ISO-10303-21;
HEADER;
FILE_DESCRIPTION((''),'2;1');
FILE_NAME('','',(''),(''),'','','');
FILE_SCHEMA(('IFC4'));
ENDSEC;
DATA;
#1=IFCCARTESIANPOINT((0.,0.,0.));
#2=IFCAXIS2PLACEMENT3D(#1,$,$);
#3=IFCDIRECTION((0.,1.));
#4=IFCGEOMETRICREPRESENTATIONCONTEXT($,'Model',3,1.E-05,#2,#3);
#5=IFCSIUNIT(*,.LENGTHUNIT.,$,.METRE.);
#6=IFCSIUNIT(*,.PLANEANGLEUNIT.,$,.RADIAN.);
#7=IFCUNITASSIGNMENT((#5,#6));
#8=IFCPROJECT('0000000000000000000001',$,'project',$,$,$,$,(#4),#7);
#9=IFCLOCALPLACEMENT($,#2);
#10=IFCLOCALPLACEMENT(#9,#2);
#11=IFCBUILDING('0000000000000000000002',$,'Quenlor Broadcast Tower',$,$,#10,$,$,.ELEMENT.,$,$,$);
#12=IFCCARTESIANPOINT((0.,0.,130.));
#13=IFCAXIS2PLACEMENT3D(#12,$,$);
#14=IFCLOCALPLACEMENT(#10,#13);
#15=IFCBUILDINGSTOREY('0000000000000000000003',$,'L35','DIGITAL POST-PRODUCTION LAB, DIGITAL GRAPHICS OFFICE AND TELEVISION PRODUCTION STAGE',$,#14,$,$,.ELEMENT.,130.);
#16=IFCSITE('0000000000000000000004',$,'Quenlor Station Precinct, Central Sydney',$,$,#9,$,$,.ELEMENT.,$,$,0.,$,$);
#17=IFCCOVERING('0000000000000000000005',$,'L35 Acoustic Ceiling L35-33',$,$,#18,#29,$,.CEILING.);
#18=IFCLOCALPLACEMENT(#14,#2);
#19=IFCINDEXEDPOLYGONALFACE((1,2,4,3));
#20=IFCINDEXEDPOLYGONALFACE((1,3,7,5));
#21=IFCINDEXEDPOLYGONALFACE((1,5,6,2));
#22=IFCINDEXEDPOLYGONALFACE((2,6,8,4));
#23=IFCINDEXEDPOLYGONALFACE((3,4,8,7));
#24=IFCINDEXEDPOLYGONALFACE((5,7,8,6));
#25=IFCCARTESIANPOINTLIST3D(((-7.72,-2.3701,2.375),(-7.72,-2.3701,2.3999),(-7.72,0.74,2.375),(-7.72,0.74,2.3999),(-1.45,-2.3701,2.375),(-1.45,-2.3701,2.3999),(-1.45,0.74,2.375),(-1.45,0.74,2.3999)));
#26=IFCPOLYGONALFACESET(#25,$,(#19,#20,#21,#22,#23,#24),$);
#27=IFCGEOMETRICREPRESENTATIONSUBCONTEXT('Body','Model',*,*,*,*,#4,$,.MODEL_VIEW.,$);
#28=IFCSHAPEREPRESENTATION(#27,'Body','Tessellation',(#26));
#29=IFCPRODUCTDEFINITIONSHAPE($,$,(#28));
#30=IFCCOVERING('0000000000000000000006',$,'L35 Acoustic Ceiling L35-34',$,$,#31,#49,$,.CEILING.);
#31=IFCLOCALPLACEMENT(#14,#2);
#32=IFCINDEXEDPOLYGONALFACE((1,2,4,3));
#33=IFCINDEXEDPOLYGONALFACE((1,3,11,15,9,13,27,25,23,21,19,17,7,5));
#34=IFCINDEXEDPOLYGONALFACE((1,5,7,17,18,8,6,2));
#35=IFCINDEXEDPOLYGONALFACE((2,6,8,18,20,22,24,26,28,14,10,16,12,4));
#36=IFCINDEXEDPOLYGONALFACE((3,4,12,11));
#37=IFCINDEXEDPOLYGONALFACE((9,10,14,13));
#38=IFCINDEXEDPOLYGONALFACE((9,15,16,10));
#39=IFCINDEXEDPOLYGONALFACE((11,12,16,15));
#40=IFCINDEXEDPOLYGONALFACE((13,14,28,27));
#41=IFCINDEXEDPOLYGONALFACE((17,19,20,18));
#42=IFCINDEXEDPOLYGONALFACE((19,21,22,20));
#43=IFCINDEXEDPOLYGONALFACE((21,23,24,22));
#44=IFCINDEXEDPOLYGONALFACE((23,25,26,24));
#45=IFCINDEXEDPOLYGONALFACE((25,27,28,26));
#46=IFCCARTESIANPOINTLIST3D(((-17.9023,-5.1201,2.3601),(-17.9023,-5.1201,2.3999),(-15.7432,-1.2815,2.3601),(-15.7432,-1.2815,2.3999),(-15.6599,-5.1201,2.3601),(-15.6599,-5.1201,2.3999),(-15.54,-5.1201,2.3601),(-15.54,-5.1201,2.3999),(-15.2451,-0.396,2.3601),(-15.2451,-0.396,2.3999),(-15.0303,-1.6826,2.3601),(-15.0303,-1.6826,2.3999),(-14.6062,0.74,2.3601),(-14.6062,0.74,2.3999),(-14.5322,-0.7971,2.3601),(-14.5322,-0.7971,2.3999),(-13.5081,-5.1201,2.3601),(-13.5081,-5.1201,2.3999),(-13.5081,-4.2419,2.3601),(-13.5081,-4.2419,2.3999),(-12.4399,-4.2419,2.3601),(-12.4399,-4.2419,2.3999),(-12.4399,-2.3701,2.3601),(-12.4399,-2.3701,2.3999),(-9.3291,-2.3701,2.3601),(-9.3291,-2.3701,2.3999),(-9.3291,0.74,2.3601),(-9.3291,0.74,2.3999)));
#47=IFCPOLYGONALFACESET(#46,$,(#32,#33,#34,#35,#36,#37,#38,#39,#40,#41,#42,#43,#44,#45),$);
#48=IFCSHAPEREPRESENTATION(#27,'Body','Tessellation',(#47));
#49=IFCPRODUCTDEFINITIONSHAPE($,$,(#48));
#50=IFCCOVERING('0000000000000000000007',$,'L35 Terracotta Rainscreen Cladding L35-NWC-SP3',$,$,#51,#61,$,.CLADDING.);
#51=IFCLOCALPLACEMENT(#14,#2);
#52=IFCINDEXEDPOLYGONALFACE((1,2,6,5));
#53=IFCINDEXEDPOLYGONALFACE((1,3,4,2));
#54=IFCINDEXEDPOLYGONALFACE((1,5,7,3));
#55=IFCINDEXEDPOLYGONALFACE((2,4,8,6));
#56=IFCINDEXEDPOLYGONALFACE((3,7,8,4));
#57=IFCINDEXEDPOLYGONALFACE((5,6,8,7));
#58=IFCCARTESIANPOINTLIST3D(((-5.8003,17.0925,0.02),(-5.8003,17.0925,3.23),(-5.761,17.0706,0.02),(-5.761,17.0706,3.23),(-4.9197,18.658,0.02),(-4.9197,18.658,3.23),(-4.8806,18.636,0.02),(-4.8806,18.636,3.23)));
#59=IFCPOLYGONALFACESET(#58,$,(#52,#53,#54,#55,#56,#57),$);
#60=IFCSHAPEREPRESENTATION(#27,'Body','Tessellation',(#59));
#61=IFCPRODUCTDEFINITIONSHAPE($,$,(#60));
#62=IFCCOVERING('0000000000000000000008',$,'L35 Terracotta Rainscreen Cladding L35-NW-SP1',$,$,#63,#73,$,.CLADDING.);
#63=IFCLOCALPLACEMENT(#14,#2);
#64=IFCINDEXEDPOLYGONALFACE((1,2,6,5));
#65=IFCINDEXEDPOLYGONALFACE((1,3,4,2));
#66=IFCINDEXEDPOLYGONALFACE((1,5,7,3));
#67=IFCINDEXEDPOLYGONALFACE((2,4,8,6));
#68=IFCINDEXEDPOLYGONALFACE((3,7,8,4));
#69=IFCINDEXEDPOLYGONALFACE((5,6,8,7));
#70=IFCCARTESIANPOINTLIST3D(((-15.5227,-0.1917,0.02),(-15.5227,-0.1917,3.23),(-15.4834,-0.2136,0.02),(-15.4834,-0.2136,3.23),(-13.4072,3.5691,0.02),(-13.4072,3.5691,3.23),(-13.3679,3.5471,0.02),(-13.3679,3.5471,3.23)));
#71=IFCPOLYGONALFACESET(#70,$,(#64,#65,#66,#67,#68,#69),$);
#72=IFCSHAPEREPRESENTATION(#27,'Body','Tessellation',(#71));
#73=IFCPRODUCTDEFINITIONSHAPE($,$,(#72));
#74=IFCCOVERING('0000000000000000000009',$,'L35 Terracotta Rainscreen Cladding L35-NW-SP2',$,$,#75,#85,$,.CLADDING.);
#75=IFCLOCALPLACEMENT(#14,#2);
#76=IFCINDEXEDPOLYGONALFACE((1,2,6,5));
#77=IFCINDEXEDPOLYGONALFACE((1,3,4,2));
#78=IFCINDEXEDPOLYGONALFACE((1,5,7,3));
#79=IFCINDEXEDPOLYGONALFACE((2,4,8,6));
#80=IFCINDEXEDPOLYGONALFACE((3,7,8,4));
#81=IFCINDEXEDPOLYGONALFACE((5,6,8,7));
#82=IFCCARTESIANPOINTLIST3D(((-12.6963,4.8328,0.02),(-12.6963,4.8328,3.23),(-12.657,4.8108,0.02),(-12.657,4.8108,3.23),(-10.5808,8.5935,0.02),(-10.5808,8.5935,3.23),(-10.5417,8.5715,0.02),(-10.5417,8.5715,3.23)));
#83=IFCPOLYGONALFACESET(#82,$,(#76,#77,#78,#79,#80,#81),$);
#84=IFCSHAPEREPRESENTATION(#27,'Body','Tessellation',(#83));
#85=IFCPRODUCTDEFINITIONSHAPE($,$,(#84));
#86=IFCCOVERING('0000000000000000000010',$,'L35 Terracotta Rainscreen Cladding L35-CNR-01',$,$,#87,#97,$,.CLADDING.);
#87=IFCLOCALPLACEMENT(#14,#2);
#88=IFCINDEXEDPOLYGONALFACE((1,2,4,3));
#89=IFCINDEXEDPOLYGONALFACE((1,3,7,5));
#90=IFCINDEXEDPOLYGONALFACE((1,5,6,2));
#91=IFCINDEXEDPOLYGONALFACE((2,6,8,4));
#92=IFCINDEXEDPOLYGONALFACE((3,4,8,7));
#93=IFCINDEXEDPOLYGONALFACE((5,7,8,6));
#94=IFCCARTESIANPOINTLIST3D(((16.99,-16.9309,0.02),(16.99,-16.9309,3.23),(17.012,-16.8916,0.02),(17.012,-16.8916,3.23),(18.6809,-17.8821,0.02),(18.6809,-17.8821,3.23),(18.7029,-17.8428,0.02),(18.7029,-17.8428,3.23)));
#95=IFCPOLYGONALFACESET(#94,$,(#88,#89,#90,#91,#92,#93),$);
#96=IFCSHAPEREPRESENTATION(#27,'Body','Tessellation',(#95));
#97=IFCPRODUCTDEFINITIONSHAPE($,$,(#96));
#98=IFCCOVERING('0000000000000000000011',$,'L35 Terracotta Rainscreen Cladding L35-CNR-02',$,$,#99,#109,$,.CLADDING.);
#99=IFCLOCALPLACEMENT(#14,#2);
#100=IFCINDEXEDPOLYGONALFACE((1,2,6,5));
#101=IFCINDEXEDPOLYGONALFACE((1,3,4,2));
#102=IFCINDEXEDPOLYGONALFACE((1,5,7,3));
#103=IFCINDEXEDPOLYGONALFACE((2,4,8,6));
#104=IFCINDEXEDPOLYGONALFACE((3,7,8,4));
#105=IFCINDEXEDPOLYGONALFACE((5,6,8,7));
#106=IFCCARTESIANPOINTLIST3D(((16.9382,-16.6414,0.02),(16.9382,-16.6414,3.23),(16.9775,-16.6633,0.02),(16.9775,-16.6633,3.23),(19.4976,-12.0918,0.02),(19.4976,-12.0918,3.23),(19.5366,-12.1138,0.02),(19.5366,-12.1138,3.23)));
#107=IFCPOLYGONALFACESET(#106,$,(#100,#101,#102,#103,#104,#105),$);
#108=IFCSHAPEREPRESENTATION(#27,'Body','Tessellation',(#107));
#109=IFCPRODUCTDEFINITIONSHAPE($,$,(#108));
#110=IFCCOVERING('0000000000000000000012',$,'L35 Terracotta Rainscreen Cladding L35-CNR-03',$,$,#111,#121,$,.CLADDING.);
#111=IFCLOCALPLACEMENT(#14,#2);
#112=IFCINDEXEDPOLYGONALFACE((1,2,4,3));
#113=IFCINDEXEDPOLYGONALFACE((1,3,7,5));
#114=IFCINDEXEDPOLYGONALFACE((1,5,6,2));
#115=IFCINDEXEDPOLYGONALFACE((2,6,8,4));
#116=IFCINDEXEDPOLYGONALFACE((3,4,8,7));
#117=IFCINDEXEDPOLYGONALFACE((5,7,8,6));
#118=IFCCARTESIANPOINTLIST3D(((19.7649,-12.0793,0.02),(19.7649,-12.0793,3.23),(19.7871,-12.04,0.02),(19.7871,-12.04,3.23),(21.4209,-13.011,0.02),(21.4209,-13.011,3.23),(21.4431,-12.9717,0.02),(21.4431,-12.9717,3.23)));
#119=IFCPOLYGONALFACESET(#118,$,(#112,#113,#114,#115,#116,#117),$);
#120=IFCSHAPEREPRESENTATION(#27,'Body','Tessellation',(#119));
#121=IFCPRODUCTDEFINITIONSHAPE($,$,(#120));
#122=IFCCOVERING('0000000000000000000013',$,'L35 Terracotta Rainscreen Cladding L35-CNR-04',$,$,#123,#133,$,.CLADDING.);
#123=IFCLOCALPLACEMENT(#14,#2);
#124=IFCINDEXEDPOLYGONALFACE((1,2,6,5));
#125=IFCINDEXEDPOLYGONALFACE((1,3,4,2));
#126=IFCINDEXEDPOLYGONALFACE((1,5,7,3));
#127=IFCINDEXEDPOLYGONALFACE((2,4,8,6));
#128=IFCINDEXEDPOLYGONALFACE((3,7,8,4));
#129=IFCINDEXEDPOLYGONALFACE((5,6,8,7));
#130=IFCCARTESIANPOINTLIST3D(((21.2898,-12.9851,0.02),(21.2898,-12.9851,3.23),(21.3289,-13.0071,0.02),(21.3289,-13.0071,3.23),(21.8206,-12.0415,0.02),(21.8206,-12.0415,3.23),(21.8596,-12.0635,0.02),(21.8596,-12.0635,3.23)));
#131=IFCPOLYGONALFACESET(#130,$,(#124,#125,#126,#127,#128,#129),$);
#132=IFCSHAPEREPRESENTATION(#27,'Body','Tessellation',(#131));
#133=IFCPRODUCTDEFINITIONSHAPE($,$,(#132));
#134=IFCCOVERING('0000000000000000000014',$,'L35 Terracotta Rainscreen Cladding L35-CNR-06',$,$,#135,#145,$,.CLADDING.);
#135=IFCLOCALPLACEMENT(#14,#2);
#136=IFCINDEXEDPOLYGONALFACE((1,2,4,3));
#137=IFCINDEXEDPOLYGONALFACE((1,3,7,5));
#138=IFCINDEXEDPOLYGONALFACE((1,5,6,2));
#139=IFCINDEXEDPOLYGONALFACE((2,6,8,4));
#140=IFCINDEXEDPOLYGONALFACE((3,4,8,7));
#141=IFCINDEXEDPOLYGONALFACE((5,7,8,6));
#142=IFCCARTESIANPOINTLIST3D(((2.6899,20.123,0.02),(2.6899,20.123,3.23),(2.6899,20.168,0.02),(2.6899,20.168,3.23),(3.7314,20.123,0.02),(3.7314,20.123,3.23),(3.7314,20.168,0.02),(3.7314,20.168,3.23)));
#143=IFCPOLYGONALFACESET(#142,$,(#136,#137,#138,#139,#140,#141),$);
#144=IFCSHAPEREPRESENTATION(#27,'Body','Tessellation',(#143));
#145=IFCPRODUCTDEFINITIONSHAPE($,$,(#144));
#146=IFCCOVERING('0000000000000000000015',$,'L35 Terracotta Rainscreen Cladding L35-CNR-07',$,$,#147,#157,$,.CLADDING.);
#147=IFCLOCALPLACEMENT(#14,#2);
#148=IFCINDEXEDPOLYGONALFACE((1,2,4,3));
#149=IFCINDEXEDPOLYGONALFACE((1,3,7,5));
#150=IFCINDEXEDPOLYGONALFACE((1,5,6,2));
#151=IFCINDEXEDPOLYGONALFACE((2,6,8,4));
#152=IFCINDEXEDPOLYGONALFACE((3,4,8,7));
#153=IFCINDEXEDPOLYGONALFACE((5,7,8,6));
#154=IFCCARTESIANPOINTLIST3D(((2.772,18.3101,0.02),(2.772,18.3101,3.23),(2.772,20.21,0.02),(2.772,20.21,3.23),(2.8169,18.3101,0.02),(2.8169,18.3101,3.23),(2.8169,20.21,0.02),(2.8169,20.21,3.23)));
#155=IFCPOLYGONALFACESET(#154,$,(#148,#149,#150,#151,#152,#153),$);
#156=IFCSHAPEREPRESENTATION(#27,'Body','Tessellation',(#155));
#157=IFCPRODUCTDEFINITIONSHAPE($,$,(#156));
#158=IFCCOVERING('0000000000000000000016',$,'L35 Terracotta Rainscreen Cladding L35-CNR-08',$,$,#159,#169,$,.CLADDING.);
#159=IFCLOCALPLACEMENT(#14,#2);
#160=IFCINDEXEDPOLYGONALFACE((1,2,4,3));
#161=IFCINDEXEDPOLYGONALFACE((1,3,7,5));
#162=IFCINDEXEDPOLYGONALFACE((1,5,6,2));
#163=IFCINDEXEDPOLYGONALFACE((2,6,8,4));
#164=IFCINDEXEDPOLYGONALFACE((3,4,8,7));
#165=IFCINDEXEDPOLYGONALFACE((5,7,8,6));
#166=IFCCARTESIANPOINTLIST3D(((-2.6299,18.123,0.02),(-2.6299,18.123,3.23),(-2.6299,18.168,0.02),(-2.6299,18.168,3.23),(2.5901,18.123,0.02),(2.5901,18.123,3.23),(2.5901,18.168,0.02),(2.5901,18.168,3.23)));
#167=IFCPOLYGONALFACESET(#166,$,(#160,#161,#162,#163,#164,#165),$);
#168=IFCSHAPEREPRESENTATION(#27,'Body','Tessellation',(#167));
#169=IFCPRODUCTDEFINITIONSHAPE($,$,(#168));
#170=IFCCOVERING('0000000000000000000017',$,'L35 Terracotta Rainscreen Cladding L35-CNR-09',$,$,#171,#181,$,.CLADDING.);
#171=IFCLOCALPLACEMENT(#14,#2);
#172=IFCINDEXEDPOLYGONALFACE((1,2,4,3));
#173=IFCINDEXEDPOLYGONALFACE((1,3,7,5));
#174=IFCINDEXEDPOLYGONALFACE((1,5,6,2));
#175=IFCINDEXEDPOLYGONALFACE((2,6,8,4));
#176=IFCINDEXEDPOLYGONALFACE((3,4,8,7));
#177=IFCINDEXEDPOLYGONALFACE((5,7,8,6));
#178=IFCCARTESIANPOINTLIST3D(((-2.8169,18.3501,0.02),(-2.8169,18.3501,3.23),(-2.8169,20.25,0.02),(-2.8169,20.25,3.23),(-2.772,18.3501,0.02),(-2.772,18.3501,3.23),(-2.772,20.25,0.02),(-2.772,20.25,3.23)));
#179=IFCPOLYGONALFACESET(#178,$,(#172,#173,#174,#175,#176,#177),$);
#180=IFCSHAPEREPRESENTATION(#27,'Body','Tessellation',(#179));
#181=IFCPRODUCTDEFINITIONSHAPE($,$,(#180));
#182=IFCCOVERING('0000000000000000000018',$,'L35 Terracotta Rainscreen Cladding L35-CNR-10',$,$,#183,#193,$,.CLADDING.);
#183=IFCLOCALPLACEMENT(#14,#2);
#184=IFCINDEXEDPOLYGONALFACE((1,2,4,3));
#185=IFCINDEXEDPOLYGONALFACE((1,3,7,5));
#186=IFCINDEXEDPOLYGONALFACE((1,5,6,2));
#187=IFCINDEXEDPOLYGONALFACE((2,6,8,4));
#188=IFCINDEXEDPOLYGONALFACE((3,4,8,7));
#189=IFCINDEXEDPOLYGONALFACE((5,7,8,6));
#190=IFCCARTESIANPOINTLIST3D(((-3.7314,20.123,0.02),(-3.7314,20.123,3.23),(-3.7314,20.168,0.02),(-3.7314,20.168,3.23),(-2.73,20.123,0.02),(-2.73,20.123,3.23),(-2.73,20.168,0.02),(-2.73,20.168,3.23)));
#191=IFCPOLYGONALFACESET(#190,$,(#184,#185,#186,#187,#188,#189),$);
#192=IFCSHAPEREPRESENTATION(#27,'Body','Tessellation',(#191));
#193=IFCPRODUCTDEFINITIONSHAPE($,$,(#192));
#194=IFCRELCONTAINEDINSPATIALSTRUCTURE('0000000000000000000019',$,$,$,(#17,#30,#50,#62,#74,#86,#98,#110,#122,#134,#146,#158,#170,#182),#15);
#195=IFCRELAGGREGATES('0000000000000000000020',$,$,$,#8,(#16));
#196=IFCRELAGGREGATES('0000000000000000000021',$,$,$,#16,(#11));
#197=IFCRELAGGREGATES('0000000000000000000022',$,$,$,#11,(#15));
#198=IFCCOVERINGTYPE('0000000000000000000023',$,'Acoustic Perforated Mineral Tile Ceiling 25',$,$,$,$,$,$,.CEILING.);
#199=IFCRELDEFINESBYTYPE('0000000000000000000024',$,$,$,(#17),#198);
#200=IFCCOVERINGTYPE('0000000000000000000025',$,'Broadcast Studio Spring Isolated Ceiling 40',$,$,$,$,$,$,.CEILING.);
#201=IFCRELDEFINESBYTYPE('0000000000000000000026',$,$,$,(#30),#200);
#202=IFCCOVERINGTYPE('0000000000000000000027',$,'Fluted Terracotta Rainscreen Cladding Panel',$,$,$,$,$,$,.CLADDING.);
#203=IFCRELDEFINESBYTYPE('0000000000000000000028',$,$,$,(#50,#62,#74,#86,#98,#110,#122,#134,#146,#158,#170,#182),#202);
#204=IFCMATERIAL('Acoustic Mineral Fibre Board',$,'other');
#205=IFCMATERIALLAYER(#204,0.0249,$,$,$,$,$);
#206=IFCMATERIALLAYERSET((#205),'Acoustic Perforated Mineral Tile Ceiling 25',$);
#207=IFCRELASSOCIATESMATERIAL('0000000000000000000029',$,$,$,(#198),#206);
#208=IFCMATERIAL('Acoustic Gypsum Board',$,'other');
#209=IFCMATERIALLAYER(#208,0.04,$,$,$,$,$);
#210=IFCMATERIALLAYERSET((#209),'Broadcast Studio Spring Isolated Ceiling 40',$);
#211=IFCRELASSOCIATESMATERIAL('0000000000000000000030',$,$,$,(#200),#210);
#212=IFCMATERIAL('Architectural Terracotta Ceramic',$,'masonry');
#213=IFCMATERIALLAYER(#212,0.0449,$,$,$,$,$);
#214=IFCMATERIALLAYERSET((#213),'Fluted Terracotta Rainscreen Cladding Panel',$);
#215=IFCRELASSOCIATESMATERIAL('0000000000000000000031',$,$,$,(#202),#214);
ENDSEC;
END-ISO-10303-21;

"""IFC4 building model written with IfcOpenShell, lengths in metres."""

from ifc_helpers import new_model, si_unit, direction, frame, origin, place, context, subcontext, project, spatial, polyline, outline, extrude, material, layer, layer_set, type_object, element, save


model = new_model("IFC4")

# Units and contexts
model_context = context("Model", 3, precision=1e-05, world=origin(), true_north=direction((0.0, 1.0)))
body_context = subcontext(model_context, "Body", "Model", "MODEL_VIEW")
ifc_project = project(units=[si_unit("LENGTHUNIT", "METRE"), si_unit("PLANEANGLEUNIT", "RADIAN")], contexts=[model_context])

# Site, building, storey
site_placement = place(None, origin())
site = spatial("IfcSite", under=ifc_project, at=site_placement, Name="Quenlor Station Precinct, Central Sydney", CompositionType="ELEMENT", RefElevation=0.0)
building_placement = place(site_placement, origin())
building = spatial("IfcBuilding", under=site, at=building_placement, Name="Quenlor Broadcast Tower", CompositionType="ELEMENT")
storey_placement = place(building_placement, frame((0.0, 0.0, 130.0)))
storey = spatial("IfcBuildingStorey", under=building, at=storey_placement, Name="L35", Description="DIGITAL POST-PRODUCTION LAB, DIGITAL GRAPHICS OFFICE AND TELEVISION PRODUCTION STAGE", CompositionType="ELEMENT", Elevation=130.0)

# Coverings
ifc_material_1 = material(Name="Acoustic Mineral Fibre Board", Category="other")
ifc_layer_1 = layer(ifc_material_1, 0.0249)
ifc_layer_set_1 = layer_set([ifc_layer_1], Name="Acoustic Perforated Mineral Tile Ceiling 25")
covering_type_1 = type_object("IfcCoveringType", Name="Acoustic Perforated Mineral Tile Ceiling 25", PredefinedType="CEILING", material=ifc_layer_set_1)
covering_1_placement = place(storey_placement, frame((0.0, 0.0, 2.375)))
element("IfcCovering", 1, at=covering_1_placement, inside=storey, type_object=covering_type_1, Name="L35 Acoustic Ceiling L35-33", PredefinedType="CEILING", context=body_context, shape_type="SweptSolid", body=[
    extrude(outline(polyline([(-1.45, 0.74), (-1.45, -2.3701), (-7.72, -2.3701), (-7.72, 0.74), (-1.45, 0.74)])), origin(), (0.0, 0.0, 1.0), 0.0249),
])
ifc_material_2 = material(Name="Acoustic Gypsum Board", Category="other")
ifc_layer_2 = layer(ifc_material_2, 0.04)
ifc_layer_set_2 = layer_set([ifc_layer_2], Name="Broadcast Studio Spring Isolated Ceiling 40")
covering_type_2 = type_object("IfcCoveringType", Name="Broadcast Studio Spring Isolated Ceiling 40", PredefinedType="CEILING", material=ifc_layer_set_2)
covering_2_placement = place(storey_placement, frame((0.0, 0.0, 2.3601)))
element("IfcCovering", 2, at=covering_2_placement, inside=storey, type_object=covering_type_2, Name="L35 Acoustic Ceiling L35-34", PredefinedType="CEILING", context=body_context, shape_type="SweptSolid", body=[
    extrude(outline(polyline([(-15.7432, -1.2815), (-15.0303, -1.6826), (-14.5322, -0.7971), (-15.2451, -0.396), (-14.6062, 0.74), (-9.3291, 0.74), (-9.3291, -2.3701), (-12.4399, -2.3701), (-12.4399, -4.2419), (-13.5081, -4.2419), (-13.5081, -5.1201), (-15.54, -5.1201), (-15.6599, -5.1201), (-17.9023, -5.1201), (-15.7432, -1.2815)])), origin(), (0.0, 0.0, 1.0), 0.0398),
])
ifc_material_3 = material(Name="Architectural Terracotta Ceramic", Category="masonry")
ifc_layer_3 = layer(ifc_material_3, 0.0449)
ifc_layer_set_3 = layer_set([ifc_layer_3], Name="Fluted Terracotta Rainscreen Cladding Panel")
covering_type_3 = type_object("IfcCoveringType", Name="Fluted Terracotta Rainscreen Cladding Panel", PredefinedType="CLADDING", material=ifc_layer_set_3)
covering_3_placement = place(storey_placement, frame((0.0, 0.0, 0.02)))
element("IfcCovering", 3, at=covering_3_placement, inside=storey, type_object=covering_type_3, Name="L35 Terracotta Rainscreen Cladding L35-NWC-SP3", PredefinedType="CLADDING", context=body_context, shape_type="SweptSolid", body=[
    extrude(outline(polyline([(-5.761, 17.0706), (-4.8806, 18.636), (-4.9197, 18.658), (-5.8003, 17.0925), (-5.761, 17.0706)])), origin(), (0.0, 0.0, 1.0), 3.21),
])
covering_4_placement = place(storey_placement, frame((0.0, 0.0, 0.02)))
element("IfcCovering", 4, at=covering_4_placement, inside=storey, type_object=covering_type_3, Name="L35 Terracotta Rainscreen Cladding L35-NW-SP1", PredefinedType="CLADDING", context=body_context, shape_type="SweptSolid", body=[
    extrude(outline(polyline([(-15.4834, -0.2136), (-13.3679, 3.5471), (-13.4072, 3.5691), (-15.5227, -0.1917), (-15.4834, -0.2136)])), origin(), (0.0, 0.0, 1.0), 3.21),
])
covering_5_placement = place(storey_placement, frame((0.0, 0.0, 0.02)))
element("IfcCovering", 5, at=covering_5_placement, inside=storey, type_object=covering_type_3, Name="L35 Terracotta Rainscreen Cladding L35-NW-SP2", PredefinedType="CLADDING", context=body_context, shape_type="SweptSolid", body=[
    extrude(outline(polyline([(-12.657, 4.8108), (-10.5417, 8.5715), (-10.5808, 8.5935), (-12.6963, 4.8328), (-12.657, 4.8108)])), origin(), (0.0, 0.0, 1.0), 3.21),
])
covering_6_placement = place(storey_placement, frame((0.0, 0.0, 0.02)))
element("IfcCovering", 6, at=covering_6_placement, inside=storey, type_object=covering_type_3, Name="L35 Terracotta Rainscreen Cladding L35-CNR-01", PredefinedType="CLADDING", context=body_context, shape_type="SweptSolid", body=[
    extrude(outline(polyline([(18.7029, -17.8428), (17.012, -16.8916), (16.99, -16.9309), (18.6809, -17.8821), (18.7029, -17.8428)])), origin(), (0.0, 0.0, 1.0), 3.21),
])
covering_7_placement = place(storey_placement, frame((0.0, 0.0, 0.02)))
element("IfcCovering", 7, at=covering_7_placement, inside=storey, type_object=covering_type_3, Name="L35 Terracotta Rainscreen Cladding L35-CNR-02", PredefinedType="CLADDING", context=body_context, shape_type="SweptSolid", body=[
    extrude(outline(polyline([(16.9775, -16.6633), (19.5366, -12.1138), (19.4976, -12.0918), (16.9382, -16.6414), (16.9775, -16.6633)])), origin(), (0.0, 0.0, 1.0), 3.21),
])
covering_8_placement = place(storey_placement, frame((0.0, 0.0, 0.02)))
element("IfcCovering", 8, at=covering_8_placement, inside=storey, type_object=covering_type_3, Name="L35 Terracotta Rainscreen Cladding L35-CNR-03", PredefinedType="CLADDING", context=body_context, shape_type="SweptSolid", body=[
    extrude(outline(polyline([(19.7649, -12.0793), (21.4209, -13.011), (21.4431, -12.9717), (19.7871, -12.04), (19.7649, -12.0793)])), origin(), (0.0, 0.0, 1.0), 3.21),
])
covering_9_placement = place(storey_placement, frame((0.0, 0.0, 0.02)))
element("IfcCovering", 9, at=covering_9_placement, inside=storey, type_object=covering_type_3, Name="L35 Terracotta Rainscreen Cladding L35-CNR-04", PredefinedType="CLADDING", context=body_context, shape_type="SweptSolid", body=[
    extrude(outline(polyline([(21.3289, -13.0071), (21.8596, -12.0635), (21.8206, -12.0415), (21.2898, -12.9851), (21.3289, -13.0071)])), origin(), (0.0, 0.0, 1.0), 3.21),
])
covering_10_placement = place(storey_placement, frame((0.0, 0.0, 0.02)))
element("IfcCovering", 10, at=covering_10_placement, inside=storey, type_object=covering_type_3, Name="L35 Terracotta Rainscreen Cladding L35-CNR-06", PredefinedType="CLADDING", context=body_context, shape_type="SweptSolid", body=[
    extrude(outline(polyline([(3.7314, 20.168), (2.6899, 20.168), (2.6899, 20.123), (3.7314, 20.123), (3.7314, 20.168)])), origin(), (0.0, 0.0, 1.0), 3.21),
])
covering_11_placement = place(storey_placement, frame((0.0, 0.0, 0.02)))
element("IfcCovering", 11, at=covering_11_placement, inside=storey, type_object=covering_type_3, Name="L35 Terracotta Rainscreen Cladding L35-CNR-07", PredefinedType="CLADDING", context=body_context, shape_type="SweptSolid", body=[
    extrude(outline(polyline([(2.772, 20.21), (2.772, 18.3101), (2.8169, 18.3101), (2.8169, 20.21), (2.772, 20.21)])), origin(), (0.0, 0.0, 1.0), 3.21),
])
covering_12_placement = place(storey_placement, frame((0.0, 0.0, 0.02)))
element("IfcCovering", 12, at=covering_12_placement, inside=storey, type_object=covering_type_3, Name="L35 Terracotta Rainscreen Cladding L35-CNR-08", PredefinedType="CLADDING", context=body_context, shape_type="SweptSolid", body=[
    extrude(outline(polyline([(2.5901, 18.168), (-2.6299, 18.168), (-2.6299, 18.123), (2.5901, 18.123), (2.5901, 18.168)])), origin(), (0.0, 0.0, 1.0), 3.21),
])
covering_13_placement = place(storey_placement, frame((0.0, 0.0, 0.02)))
element("IfcCovering", 13, at=covering_13_placement, inside=storey, type_object=covering_type_3, Name="L35 Terracotta Rainscreen Cladding L35-CNR-09", PredefinedType="CLADDING", context=body_context, shape_type="SweptSolid", body=[
    extrude(outline(polyline([(-2.772, 18.3501), (-2.772, 20.25), (-2.8169, 20.25), (-2.8169, 18.3501), (-2.772, 18.3501)])), origin(), (0.0, 0.0, 1.0), 3.21),
])
covering_14_placement = place(storey_placement, frame((0.0, 0.0, 0.02)))
element("IfcCovering", 14, at=covering_14_placement, inside=storey, type_object=covering_type_3, Name="L35 Terracotta Rainscreen Cladding L35-CNR-10", PredefinedType="CLADDING", context=body_context, shape_type="SweptSolid", body=[
    extrude(outline(polyline([(-2.73, 20.168), (-3.7314, 20.168), (-3.7314, 20.123), (-2.73, 20.123), (-2.73, 20.168)])), origin(), (0.0, 0.0, 1.0), 3.21),
])

save(model, "model.ifc")
